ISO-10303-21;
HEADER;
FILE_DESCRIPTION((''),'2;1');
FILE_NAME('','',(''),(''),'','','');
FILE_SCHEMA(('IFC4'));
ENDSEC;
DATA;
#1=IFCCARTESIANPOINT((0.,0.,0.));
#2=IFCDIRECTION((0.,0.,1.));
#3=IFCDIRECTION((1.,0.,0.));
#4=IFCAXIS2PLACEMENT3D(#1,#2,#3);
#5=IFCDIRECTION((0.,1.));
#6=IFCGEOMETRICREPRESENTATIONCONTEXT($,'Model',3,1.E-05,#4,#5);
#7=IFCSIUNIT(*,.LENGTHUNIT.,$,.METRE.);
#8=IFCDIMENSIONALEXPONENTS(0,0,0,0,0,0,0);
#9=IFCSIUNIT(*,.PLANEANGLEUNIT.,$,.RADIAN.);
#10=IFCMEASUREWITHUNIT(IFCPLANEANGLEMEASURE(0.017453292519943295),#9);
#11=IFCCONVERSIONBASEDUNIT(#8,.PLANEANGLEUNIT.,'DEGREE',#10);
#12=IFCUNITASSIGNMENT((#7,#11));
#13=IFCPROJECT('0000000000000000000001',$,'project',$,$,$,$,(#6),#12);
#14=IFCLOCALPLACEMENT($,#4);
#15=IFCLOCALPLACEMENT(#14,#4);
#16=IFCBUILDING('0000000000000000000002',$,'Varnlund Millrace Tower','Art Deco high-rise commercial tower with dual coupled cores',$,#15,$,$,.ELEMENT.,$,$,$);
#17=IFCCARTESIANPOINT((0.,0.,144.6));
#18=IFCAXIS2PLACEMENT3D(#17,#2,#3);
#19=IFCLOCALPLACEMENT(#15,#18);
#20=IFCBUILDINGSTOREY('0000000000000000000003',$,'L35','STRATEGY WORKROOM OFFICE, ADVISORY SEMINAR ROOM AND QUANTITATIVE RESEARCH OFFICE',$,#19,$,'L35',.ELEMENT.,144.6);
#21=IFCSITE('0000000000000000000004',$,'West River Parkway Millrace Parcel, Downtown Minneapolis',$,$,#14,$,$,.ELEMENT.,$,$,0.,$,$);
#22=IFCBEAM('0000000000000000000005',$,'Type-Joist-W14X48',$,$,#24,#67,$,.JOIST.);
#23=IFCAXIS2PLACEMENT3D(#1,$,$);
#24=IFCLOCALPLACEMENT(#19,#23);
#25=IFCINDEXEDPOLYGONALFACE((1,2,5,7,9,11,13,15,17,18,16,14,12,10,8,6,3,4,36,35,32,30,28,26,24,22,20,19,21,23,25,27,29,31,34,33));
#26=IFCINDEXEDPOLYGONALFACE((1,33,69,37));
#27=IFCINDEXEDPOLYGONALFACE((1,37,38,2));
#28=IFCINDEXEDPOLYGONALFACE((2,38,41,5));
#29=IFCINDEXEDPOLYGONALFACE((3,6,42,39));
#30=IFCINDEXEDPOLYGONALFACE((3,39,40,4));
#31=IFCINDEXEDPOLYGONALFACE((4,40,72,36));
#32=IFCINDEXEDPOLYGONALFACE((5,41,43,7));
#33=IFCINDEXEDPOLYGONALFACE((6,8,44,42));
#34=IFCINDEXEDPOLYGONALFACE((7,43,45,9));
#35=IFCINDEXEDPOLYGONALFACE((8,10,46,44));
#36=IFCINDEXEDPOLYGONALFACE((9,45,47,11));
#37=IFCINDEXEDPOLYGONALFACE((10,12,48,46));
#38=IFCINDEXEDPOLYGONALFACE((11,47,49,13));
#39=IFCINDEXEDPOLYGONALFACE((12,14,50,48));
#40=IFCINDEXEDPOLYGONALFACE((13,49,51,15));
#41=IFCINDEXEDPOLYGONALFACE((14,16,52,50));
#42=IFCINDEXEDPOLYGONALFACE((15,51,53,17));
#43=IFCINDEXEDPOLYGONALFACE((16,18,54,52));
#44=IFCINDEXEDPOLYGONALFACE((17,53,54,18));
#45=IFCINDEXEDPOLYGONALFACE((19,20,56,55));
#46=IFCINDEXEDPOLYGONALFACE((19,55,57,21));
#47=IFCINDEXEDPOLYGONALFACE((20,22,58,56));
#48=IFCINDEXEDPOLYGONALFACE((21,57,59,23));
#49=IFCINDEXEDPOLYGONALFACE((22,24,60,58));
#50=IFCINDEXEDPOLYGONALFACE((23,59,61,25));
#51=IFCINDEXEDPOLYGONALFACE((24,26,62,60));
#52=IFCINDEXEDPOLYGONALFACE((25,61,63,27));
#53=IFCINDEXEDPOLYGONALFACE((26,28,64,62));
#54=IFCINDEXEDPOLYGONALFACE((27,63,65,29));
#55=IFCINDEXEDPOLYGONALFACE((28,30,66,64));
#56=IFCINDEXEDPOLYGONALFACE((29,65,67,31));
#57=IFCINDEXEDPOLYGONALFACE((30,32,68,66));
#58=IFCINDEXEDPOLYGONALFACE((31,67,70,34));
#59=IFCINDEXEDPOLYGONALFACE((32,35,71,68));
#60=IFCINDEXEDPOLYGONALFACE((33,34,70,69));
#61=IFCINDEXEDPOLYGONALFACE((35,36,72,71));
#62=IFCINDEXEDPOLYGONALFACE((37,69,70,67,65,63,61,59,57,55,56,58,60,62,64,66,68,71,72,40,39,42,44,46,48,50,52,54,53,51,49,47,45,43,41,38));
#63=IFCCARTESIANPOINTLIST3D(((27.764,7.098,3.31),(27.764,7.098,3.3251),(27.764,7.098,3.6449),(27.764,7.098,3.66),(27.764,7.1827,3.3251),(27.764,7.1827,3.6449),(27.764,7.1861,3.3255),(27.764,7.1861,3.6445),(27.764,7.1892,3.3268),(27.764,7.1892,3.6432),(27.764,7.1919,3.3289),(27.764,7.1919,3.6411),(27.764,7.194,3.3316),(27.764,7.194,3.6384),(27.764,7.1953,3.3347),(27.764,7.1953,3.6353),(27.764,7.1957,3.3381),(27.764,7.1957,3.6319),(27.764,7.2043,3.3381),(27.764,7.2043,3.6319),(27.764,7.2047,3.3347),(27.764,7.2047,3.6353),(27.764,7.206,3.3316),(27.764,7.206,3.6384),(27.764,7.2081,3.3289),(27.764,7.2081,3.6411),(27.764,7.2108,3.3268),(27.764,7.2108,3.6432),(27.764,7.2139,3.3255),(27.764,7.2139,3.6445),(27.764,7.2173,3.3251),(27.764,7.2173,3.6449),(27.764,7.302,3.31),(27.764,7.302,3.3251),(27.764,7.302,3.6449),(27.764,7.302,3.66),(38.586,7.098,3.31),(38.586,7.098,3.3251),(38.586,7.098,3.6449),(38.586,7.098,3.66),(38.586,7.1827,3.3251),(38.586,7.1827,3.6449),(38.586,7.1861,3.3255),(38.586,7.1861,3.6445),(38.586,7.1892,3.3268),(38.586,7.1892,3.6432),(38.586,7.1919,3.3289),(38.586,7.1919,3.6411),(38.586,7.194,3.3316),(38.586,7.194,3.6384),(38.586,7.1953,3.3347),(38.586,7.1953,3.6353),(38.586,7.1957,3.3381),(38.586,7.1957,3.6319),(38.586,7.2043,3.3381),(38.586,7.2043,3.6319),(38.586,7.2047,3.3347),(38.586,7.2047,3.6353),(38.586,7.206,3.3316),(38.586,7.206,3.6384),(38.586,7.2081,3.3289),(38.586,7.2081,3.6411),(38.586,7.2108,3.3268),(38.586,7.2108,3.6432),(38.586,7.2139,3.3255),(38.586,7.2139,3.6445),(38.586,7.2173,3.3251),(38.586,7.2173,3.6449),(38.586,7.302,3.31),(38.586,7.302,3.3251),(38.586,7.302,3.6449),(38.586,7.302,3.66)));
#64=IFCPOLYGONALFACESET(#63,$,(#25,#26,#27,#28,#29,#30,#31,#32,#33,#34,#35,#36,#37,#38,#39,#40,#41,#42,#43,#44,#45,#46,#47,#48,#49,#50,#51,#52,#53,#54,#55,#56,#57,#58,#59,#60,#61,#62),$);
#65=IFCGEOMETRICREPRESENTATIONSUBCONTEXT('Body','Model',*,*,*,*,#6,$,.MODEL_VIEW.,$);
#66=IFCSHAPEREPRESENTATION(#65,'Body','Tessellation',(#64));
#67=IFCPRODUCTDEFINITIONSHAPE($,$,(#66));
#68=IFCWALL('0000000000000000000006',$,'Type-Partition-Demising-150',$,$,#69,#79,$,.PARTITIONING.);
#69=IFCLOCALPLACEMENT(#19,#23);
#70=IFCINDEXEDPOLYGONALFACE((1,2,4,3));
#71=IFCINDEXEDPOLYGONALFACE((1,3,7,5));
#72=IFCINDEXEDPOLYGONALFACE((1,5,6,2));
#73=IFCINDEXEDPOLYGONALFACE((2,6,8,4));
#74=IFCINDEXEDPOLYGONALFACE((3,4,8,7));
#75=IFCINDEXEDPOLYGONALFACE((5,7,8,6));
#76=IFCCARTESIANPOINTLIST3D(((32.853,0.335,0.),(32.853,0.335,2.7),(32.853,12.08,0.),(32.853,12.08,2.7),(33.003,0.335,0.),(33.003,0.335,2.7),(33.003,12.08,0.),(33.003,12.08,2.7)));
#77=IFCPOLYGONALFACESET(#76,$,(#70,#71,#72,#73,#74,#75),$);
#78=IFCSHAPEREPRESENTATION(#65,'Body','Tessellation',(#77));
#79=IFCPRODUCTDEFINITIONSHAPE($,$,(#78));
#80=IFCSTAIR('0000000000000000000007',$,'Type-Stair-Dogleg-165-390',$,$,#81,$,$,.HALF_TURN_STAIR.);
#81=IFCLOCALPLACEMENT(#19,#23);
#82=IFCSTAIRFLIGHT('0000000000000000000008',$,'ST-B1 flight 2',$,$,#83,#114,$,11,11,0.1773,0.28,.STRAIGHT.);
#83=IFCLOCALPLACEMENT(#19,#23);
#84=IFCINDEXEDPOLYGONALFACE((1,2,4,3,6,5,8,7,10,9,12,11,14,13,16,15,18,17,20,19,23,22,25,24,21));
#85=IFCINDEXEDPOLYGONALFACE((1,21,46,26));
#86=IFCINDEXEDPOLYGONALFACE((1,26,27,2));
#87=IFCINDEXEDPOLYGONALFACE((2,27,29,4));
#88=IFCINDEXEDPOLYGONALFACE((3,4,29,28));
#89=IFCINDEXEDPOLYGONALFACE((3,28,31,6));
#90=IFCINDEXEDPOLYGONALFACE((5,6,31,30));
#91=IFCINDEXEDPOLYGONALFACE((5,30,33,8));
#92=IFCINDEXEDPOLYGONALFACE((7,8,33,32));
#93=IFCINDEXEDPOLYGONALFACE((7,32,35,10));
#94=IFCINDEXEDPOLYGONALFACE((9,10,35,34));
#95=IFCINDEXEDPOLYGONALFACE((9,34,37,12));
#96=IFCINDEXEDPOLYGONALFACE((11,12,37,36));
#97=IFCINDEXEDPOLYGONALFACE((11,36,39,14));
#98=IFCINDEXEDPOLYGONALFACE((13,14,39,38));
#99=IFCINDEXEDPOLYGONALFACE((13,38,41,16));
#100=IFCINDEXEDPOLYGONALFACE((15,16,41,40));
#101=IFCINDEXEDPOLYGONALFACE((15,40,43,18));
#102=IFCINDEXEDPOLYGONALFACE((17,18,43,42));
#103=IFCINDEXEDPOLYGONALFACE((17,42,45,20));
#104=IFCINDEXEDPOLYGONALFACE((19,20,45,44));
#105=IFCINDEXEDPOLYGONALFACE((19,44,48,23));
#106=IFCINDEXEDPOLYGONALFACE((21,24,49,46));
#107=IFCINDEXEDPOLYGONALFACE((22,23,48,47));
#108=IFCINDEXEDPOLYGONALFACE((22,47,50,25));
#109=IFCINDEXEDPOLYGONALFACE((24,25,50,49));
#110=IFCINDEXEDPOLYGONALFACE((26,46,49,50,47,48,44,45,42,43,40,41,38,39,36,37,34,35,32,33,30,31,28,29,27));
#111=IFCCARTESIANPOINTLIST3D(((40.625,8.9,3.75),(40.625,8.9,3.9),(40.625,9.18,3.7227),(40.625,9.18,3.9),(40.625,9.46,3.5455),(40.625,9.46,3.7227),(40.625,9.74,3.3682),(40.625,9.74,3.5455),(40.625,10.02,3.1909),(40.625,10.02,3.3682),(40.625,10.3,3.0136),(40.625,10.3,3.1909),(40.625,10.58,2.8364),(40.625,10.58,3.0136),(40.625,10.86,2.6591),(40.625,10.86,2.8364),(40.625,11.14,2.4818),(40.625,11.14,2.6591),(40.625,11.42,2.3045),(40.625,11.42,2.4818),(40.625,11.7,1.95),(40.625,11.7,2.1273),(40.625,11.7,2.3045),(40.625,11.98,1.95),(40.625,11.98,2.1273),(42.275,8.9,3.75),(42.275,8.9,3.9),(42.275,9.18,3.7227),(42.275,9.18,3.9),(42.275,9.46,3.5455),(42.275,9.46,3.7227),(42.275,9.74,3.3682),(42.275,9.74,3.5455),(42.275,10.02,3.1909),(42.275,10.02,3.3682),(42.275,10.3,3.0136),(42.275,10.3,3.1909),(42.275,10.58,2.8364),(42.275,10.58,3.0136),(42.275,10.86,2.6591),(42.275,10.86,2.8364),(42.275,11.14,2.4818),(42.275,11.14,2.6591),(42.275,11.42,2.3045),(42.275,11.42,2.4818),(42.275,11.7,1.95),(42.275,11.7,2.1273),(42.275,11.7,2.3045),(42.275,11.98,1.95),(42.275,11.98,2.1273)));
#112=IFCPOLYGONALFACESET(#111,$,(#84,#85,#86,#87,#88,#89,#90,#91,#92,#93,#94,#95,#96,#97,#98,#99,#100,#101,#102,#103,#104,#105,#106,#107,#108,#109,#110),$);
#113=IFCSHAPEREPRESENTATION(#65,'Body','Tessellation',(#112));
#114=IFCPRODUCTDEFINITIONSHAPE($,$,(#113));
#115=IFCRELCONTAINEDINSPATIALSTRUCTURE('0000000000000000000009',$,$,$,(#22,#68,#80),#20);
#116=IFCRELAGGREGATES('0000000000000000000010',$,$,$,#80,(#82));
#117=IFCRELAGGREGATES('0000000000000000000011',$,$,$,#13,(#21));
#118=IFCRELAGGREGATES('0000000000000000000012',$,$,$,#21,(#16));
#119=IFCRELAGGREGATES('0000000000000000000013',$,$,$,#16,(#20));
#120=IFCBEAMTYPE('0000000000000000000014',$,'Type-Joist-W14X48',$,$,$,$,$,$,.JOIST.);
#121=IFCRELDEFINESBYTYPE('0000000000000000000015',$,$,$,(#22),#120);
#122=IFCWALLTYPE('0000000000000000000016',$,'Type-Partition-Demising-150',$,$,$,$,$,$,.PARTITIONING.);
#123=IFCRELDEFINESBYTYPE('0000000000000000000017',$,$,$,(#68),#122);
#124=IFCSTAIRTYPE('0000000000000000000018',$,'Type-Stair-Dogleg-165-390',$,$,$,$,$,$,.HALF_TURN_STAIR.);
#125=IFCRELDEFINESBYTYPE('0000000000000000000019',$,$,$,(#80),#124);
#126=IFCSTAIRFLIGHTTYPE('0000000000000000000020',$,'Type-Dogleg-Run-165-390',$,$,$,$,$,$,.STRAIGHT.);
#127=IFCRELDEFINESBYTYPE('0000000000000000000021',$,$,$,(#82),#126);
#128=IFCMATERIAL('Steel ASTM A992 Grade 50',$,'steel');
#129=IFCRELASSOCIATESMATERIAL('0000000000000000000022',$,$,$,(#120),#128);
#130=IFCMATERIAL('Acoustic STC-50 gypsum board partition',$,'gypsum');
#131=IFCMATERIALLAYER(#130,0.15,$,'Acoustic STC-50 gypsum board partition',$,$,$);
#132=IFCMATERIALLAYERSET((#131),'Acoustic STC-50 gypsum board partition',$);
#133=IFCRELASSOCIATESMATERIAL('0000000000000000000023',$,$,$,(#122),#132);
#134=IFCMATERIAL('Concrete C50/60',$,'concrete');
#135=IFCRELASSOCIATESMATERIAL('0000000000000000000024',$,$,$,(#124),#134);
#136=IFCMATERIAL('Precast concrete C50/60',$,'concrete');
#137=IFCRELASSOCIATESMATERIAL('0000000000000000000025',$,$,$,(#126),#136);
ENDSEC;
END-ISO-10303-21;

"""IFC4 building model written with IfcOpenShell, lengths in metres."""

from ifc_helpers import new_model, entity, si_unit, converted_unit, direction, frame, origin_with_axes, origin_2d_with_axis, place, context, subcontext, project, spatial, polyline, i_section, outline, extrude, material, layer, layer_set, material_profile, profile_set, type_object, element, aggregate, save


model = new_model("IFC4")

# Units and contexts
model_context = context("Model", 3, precision=1e-05, world=origin_with_axes(), true_north=direction((0.0, 1.0)))
body_context = subcontext(model_context, "Body", "Model", "MODEL_VIEW")
ifc_project = project(units=[si_unit("LENGTHUNIT", "METRE"), converted_unit("PLANEANGLEUNIT", "DEGREE", entity("IfcPlaneAngleMeasure", 0.017453292519943295), si_unit("PLANEANGLEUNIT", "RADIAN"), dimensions=[0, 0, 0, 0, 0, 0, 0])], contexts=[model_context])

# Site, building, storey
site_placement = place(None, origin_with_axes())
site = spatial("IfcSite", under=ifc_project, at=site_placement, Name="West River Parkway Millrace Parcel, Downtown Minneapolis", CompositionType="ELEMENT", RefElevation=0.0)
building_placement = place(site_placement, origin_with_axes())
building = spatial("IfcBuilding", under=site, at=building_placement, Name="Varnlund Millrace Tower", Description="Art Deco high-rise commercial tower with dual coupled cores", CompositionType="ELEMENT")
storey_placement = place(building_placement, frame((0.0, 0.0, 144.6), z_axis=(0.0, 0.0, 1.0), x_axis=(1.0, 0.0, 0.0)))
storey = spatial("IfcBuildingStorey", under=building, at=storey_placement, Name="L35", Description="STRATEGY WORKROOM OFFICE, ADVISORY SEMINAR ROOM AND QUANTITATIVE RESEARCH OFFICE", LongName="L35", CompositionType="ELEMENT", Elevation=144.6)

# Beam
ifc_material_1 = material(Name="Steel ASTM A992 Grade 50", Category="steel")
ifc_material_profile_1 = material_profile(ifc_material_1, i_section(OverallWidth=0.204, OverallDepth=0.35, WebThickness=0.0086, FlangeThickness=0.0151, FilletRadius=0.013, at=origin_2d_with_axis()), Name="Steel ASTM A992 Grade 50")
ifc_profile_set_1 = profile_set([ifc_material_profile_1], Name="Steel ASTM A992 Grade 50")
beam_type_1 = type_object("IfcBeamType", Name="Type-Joist-W14X48", PredefinedType="JOIST", material=ifc_profile_set_1)
beam_1_placement = place(storey_placement, frame((27.764, 7.2, 3.485), z_axis=(1.0, 0.0, 0.0), x_axis=(0.0, 1.0, 0.0)))
element("IfcBeam", 1, at=beam_1_placement, inside=storey, type_object=beam_type_1, Name="Type-Joist-W14X48", PredefinedType="JOIST", context=body_context, shape_type="SweptSolid", body=[
    extrude(i_section(OverallWidth=0.204, OverallDepth=0.35, WebThickness=0.0086, FlangeThickness=0.0151, FilletRadius=0.013, at=origin_2d_with_axis()), origin_with_axes(), (0.0, 0.0, 1.0), 10.822),
])

# Wall
ifc_material_2 = material(Name="Acoustic STC-50 gypsum board partition", Category="gypsum")
ifc_layer = layer(ifc_material_2, 0.15, Name="Acoustic STC-50 gypsum board partition")
ifc_layer_set = layer_set([ifc_layer], Name="Acoustic STC-50 gypsum board partition")
wall_type = type_object("IfcWallType", Name="Type-Partition-Demising-150", PredefinedType="PARTITIONING", material=ifc_layer_set)
wall_placement = place(storey_placement, frame((32.928, 0.335, 0.0), z_axis=(0.0, 0.0, 1.0), x_axis=(0.0, 1.0, 0.0)))
element("IfcWall", 2, at=wall_placement, inside=storey, type_object=wall_type, Name="Type-Partition-Demising-150", PredefinedType="PARTITIONING", context=body_context, shape_type="SweptSolid", body=[
    extrude(outline(polyline([(0.0, -0.075), (11.745, -0.075), (11.745, 0.075), (0.0, 0.075), (0.0, -0.075)])), origin_with_axes(), (0.0, 0.0, 1.0), 2.7),
])

# Stair, stair flight
ifc_material_3 = material(Name="Concrete C50/60", Category="concrete")
stair_type = type_object("IfcStairType", Name="Type-Stair-Dogleg-165-390", PredefinedType="HALF_TURN_STAIR", material=ifc_material_3)
stair_placement = place(storey_placement, origin_with_axes())
stair = element("IfcStair", 3, at=stair_placement, inside=storey, type_object=stair_type, Name="Type-Stair-Dogleg-165-390", PredefinedType="HALF_TURN_STAIR")
ifc_material_4 = material(Name="Precast concrete C50/60", Category="concrete")
stair_flight_type = type_object("IfcStairFlightType", Name="Type-Dogleg-Run-165-390", PredefinedType="STRAIGHT", material=ifc_material_4)
stair_flight_placement = place(storey_placement, frame((42.275, 11.98, 1.95), z_axis=(-1.0, 0.0, 0.0), x_axis=(0.0, -1.0, 0.0)))
stair_flight = element("IfcStairFlight", 4, at=stair_flight_placement, type_object=stair_flight_type, Name="ST-B1 flight 2", NumberOfRisers=11, NumberOfTreads=11, PredefinedType="STRAIGHT", RiserHeight=0.1773, TreadLength=0.28, context=body_context, shape_type="SweptSolid", body=[
    extrude(outline(polyline([(0.0, 0.0), (0.0, 0.1773), (0.28, 0.1773), (0.28, 0.3545), (0.56, 0.3545), (0.56, 0.5318), (0.84, 0.5318), (0.84, 0.7091), (1.12, 0.7091), (1.12, 0.8864), (1.4, 0.8864), (1.4, 1.0636), (1.68, 1.0636), (1.68, 1.2409), (1.96, 1.2409), (1.96, 1.4182), (2.24, 1.4182), (2.24, 1.5955), (2.52, 1.5955), (2.52, 1.7727), (2.8, 1.7727), (2.8, 1.95), (3.08, 1.95), (3.08, 1.8), (0.28, 0.0), (0.0, 0.0)])), origin_with_axes(), (0.0, 0.0, 1.0), 1.65),
])
aggregate(stair, [stair_flight])

save(model, "model.ifc")
